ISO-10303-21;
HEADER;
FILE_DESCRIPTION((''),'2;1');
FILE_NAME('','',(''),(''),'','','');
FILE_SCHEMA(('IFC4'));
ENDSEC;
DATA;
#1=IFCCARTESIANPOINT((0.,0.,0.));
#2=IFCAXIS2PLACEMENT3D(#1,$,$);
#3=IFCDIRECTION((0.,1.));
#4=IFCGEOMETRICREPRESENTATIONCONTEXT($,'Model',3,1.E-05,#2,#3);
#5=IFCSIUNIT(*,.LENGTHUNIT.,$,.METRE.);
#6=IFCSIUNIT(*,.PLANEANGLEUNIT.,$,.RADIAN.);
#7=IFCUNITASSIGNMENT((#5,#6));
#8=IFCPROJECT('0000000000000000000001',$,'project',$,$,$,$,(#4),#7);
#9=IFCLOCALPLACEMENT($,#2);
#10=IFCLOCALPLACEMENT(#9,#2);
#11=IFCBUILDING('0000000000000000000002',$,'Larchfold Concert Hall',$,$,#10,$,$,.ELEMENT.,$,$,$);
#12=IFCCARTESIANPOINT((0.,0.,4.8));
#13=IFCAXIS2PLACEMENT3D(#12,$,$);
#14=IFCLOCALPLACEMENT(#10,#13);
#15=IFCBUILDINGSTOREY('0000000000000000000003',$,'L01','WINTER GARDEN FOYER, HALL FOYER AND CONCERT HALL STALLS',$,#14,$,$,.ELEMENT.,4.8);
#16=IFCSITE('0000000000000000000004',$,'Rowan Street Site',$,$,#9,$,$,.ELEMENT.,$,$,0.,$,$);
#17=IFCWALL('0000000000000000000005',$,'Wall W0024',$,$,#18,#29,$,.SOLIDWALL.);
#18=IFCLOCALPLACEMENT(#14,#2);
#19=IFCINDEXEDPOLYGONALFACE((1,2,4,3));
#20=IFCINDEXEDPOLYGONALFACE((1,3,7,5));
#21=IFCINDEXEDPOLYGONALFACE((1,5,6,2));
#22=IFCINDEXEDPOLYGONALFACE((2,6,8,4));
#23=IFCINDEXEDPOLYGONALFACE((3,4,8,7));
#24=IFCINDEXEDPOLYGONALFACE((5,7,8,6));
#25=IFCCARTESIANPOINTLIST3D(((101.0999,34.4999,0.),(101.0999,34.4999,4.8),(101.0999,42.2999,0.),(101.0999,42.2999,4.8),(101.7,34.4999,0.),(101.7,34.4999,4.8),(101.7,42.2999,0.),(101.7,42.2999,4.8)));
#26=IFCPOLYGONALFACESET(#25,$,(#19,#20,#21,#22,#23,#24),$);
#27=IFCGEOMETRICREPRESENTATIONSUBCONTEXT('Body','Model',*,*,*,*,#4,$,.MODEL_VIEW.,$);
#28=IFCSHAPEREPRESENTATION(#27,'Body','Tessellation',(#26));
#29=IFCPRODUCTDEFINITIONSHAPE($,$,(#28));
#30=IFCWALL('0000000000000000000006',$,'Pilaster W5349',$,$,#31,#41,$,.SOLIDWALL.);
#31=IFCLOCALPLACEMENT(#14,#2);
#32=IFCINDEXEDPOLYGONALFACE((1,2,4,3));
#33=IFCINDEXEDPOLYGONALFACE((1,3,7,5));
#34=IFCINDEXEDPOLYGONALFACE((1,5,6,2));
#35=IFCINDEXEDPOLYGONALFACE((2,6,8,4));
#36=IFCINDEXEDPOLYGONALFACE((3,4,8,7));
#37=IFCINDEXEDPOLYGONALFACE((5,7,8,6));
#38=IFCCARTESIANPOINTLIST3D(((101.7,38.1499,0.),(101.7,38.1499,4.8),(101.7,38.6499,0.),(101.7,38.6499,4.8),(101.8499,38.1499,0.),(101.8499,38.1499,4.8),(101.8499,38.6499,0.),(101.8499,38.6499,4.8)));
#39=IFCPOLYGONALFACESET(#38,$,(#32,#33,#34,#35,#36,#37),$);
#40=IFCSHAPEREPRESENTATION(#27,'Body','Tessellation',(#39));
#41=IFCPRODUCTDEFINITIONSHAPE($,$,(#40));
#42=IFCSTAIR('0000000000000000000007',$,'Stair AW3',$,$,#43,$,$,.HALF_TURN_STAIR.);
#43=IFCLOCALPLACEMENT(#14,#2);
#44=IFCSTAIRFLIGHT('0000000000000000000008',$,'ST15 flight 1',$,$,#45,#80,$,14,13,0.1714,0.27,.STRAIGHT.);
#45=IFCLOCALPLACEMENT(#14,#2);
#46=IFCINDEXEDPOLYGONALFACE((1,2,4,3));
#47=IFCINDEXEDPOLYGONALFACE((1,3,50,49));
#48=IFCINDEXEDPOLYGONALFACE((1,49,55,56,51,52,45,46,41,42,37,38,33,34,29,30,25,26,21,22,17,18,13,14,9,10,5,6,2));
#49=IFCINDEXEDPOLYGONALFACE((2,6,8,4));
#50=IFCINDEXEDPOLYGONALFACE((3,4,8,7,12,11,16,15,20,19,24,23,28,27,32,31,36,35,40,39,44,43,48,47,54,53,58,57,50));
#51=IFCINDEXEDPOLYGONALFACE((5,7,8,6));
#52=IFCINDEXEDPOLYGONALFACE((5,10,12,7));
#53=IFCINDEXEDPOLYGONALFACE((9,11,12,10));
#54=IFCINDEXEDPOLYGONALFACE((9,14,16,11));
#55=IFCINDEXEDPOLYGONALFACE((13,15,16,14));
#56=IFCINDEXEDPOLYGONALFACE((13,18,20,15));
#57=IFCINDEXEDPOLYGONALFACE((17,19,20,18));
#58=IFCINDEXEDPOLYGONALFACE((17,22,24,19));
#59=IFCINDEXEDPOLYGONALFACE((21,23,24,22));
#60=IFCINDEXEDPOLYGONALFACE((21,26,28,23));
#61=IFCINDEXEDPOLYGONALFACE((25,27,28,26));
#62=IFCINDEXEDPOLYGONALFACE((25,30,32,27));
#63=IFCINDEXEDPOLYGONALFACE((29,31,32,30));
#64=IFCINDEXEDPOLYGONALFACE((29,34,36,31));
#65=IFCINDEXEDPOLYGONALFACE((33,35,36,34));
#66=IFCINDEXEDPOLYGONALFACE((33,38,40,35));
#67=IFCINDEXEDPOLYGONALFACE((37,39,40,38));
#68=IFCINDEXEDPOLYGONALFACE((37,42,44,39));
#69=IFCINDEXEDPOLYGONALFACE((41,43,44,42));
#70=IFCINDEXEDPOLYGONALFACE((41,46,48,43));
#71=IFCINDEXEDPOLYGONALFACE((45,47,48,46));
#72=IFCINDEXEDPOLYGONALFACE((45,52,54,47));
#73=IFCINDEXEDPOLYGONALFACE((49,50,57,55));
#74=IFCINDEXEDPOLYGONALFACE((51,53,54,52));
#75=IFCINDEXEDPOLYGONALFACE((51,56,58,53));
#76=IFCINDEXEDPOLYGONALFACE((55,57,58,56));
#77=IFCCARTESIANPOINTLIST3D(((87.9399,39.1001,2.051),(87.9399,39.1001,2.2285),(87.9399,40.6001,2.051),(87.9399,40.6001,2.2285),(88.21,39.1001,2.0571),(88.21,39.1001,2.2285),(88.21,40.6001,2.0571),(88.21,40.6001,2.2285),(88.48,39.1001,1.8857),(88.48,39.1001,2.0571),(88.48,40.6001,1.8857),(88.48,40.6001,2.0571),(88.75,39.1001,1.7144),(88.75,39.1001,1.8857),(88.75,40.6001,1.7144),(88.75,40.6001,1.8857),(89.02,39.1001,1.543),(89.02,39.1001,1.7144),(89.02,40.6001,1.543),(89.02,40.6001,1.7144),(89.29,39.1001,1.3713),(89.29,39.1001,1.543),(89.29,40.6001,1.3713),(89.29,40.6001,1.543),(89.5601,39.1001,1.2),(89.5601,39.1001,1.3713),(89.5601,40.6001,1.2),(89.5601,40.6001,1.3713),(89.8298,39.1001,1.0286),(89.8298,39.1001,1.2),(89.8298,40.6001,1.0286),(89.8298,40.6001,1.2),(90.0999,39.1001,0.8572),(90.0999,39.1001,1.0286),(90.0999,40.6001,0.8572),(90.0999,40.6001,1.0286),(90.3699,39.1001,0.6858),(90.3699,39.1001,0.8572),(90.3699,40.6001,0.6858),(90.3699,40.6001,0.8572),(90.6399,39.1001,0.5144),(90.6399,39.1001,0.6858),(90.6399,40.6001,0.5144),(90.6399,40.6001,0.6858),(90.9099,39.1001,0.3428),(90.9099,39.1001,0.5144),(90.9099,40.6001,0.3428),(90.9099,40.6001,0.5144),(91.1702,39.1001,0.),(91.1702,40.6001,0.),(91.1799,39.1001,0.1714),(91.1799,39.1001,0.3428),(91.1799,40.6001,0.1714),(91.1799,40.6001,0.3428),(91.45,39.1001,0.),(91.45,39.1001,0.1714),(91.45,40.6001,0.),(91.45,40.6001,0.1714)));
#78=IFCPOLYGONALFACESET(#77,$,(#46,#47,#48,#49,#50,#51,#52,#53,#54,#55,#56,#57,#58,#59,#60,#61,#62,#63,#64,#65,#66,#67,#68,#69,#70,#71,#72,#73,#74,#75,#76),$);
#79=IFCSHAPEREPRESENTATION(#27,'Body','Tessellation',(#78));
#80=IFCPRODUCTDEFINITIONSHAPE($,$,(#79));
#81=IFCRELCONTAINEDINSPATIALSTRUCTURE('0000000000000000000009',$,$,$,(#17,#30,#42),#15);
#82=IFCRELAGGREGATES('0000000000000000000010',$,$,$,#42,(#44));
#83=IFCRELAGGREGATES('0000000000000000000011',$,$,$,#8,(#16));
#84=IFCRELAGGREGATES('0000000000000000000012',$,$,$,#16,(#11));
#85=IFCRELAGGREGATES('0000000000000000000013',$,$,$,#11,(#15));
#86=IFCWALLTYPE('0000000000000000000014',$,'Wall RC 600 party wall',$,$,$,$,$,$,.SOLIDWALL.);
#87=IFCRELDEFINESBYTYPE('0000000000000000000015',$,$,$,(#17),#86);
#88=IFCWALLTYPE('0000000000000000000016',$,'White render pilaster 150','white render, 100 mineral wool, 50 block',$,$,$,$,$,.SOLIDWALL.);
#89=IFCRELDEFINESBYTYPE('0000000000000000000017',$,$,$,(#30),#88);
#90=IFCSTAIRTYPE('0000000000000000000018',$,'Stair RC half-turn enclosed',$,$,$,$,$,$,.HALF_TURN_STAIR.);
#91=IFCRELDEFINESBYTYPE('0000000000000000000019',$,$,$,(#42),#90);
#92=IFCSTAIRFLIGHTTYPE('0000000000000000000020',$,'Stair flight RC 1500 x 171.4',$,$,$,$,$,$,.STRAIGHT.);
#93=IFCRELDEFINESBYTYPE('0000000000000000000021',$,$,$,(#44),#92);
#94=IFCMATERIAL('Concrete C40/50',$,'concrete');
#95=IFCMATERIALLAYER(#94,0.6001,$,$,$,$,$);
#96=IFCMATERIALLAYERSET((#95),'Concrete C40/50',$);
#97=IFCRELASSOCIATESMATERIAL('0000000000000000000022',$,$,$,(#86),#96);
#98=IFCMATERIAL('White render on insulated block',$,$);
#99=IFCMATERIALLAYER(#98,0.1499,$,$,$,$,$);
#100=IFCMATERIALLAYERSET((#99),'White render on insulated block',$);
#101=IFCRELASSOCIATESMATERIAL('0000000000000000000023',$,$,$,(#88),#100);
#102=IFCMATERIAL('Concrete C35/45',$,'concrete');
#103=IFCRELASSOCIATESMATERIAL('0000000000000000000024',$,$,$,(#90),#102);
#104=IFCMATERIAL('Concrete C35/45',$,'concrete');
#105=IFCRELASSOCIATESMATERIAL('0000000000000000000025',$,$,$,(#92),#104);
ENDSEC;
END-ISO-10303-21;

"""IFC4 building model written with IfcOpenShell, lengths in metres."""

from ifc_helpers import new_model, si_unit, direction, frame, frame_2d, origin, place, context, subcontext, project, spatial, polyline, rectangle, outline, extrude, material, layer, layer_set, type_object, element, aggregate, save


model = new_model("IFC4")

# Units and contexts
model_context = context("Model", 3, precision=1e-05, world=origin(), true_north=direction((0.0, 1.0)))
body_context = subcontext(model_context, "Body", "Model", "MODEL_VIEW")
ifc_project = project(units=[si_unit("LENGTHUNIT", "METRE"), si_unit("PLANEANGLEUNIT", "RADIAN")], contexts=[model_context])

# Site, building, storey
site_placement = place(None, origin())
site = spatial("IfcSite", under=ifc_project, at=site_placement, Name="Rowan Street Site", CompositionType="ELEMENT", RefElevation=0.0)
building_placement = place(site_placement, origin())
building = spatial("IfcBuilding", under=site, at=building_placement, Name="Larchfold Concert Hall", CompositionType="ELEMENT")
storey_placement = place(building_placement, frame((0.0, 0.0, 4.8)))
storey = spatial("IfcBuildingStorey", under=building, at=storey_placement, Name="L01", Description="WINTER GARDEN FOYER, HALL FOYER AND CONCERT HALL STALLS", CompositionType="ELEMENT", Elevation=4.8)

# Walls
ifc_material_1 = material(Name="Concrete C40/50", Category="concrete")
ifc_layer_1 = layer(ifc_material_1, 0.6001)
ifc_layer_set_1 = layer_set([ifc_layer_1], Name="Concrete C40/50")
wall_type_1 = type_object("IfcWallType", Name="Wall RC 600 party wall", PredefinedType="SOLIDWALL", material=ifc_layer_set_1)
wall_1_placement = place(storey_placement, frame((101.3999, 34.5, 0.0), z_axis=(0.0, 0.0, 1.0), x_axis=(0.0, 1.0, 0.0)))
element("IfcWall", 1, at=wall_1_placement, inside=storey, type_object=wall_type_1, Name="Wall W0024", PredefinedType="SOLIDWALL", context=body_context, shape_type="SweptSolid", body=[
    extrude(rectangle(XDim=7.8, YDim=0.6001, at=frame_2d((3.8999, 0.0))), origin(), (0.0, 0.0, 1.0), 4.8),
])
ifc_material_2 = material(Name="White render on insulated block")
ifc_layer_2 = layer(ifc_material_2, 0.1499)
ifc_layer_set_2 = layer_set([ifc_layer_2], Name="White render on insulated block")
wall_type_2 = type_object("IfcWallType", Name="White render pilaster 150", Description="white render, 100 mineral wool, 50 block", PredefinedType="SOLIDWALL", material=ifc_layer_set_2)
wall_2_placement = place(storey_placement, frame((101.7749, 38.1499, 0.0), z_axis=(0.0, 0.0, 1.0), x_axis=(0.0, 1.0, 0.0)))
element("IfcWall", 2, at=wall_2_placement, inside=storey, type_object=wall_type_2, Name="Pilaster W5349", PredefinedType="SOLIDWALL", context=body_context, shape_type="SweptSolid", body=[
    extrude(rectangle(XDim=0.5, YDim=0.1499, at=frame_2d((0.25, 0.0))), origin(), (0.0, 0.0, 1.0), 4.8),
])

# Stair, stair flight
ifc_material_3 = material(Name="Concrete C35/45", Category="concrete")
stair_type = type_object("IfcStairType", Name="Stair RC half-turn enclosed", PredefinedType="HALF_TURN_STAIR", material=ifc_material_3)
stair_placement = place(storey_placement, origin())
stair = element("IfcStair", 3, at=stair_placement, inside=storey, type_object=stair_type, Name="Stair AW3", PredefinedType="HALF_TURN_STAIR")
ifc_material_4 = material(Name="Concrete C35/45", Category="concrete")
stair_flight_type = type_object("IfcStairFlightType", Name="Stair flight RC 1500 x 171.4", PredefinedType="STRAIGHT", material=ifc_material_4)
stair_flight_placement = place(storey_placement, frame((91.45, 39.8501, 0.0), z_axis=(0.0, 0.0, 1.0), x_axis=(-1.0, 0.0, 0.0)))
stair_flight = element("IfcStairFlight", 4, at=stair_flight_placement, type_object=stair_flight_type, Name="ST15 flight 1", NumberOfRisers=14, NumberOfTreads=13, PredefinedType="STRAIGHT", RiserHeight=0.1714, TreadLength=0.27, context=body_context, shape_type="SweptSolid", body=[
    extrude(outline(polyline([(0.0, 0.0), (0.0, 0.1714), (0.27, 0.1714), (0.27, 0.3428), (0.54, 0.3428), (0.54, 0.5144), (0.8101, 0.5144), (0.8101, 0.6858), (1.0801, 0.6858), (1.0801, 0.8572), (1.3501, 0.8572), (1.3501, 1.0286), (1.6201, 1.0286), (1.6201, 1.2), (1.8899, 1.2), (1.8899, 1.3713), (2.1599, 1.3713), (2.1599, 1.543), (2.4299, 1.543), (2.4299, 1.7144), (2.7, 1.7144), (2.7, 1.8857), (2.97, 1.8857), (2.97, 2.0571), (3.24, 2.0571), (3.24, 2.2285), (3.51, 2.2285), (3.51, 2.3999), (3.51, 2.051), (0.2798, 0.0), (0.0, 0.0)])), frame((0.0, 0.75, 0.0), z_axis=(0.0, -1.0, 0.0), x_axis=(1.0, 0.0, 0.0)), (0.0, 0.0, 1.0), 1.5),
])
aggregate(stair, [stair_flight])

save(model, "model.ifc")
